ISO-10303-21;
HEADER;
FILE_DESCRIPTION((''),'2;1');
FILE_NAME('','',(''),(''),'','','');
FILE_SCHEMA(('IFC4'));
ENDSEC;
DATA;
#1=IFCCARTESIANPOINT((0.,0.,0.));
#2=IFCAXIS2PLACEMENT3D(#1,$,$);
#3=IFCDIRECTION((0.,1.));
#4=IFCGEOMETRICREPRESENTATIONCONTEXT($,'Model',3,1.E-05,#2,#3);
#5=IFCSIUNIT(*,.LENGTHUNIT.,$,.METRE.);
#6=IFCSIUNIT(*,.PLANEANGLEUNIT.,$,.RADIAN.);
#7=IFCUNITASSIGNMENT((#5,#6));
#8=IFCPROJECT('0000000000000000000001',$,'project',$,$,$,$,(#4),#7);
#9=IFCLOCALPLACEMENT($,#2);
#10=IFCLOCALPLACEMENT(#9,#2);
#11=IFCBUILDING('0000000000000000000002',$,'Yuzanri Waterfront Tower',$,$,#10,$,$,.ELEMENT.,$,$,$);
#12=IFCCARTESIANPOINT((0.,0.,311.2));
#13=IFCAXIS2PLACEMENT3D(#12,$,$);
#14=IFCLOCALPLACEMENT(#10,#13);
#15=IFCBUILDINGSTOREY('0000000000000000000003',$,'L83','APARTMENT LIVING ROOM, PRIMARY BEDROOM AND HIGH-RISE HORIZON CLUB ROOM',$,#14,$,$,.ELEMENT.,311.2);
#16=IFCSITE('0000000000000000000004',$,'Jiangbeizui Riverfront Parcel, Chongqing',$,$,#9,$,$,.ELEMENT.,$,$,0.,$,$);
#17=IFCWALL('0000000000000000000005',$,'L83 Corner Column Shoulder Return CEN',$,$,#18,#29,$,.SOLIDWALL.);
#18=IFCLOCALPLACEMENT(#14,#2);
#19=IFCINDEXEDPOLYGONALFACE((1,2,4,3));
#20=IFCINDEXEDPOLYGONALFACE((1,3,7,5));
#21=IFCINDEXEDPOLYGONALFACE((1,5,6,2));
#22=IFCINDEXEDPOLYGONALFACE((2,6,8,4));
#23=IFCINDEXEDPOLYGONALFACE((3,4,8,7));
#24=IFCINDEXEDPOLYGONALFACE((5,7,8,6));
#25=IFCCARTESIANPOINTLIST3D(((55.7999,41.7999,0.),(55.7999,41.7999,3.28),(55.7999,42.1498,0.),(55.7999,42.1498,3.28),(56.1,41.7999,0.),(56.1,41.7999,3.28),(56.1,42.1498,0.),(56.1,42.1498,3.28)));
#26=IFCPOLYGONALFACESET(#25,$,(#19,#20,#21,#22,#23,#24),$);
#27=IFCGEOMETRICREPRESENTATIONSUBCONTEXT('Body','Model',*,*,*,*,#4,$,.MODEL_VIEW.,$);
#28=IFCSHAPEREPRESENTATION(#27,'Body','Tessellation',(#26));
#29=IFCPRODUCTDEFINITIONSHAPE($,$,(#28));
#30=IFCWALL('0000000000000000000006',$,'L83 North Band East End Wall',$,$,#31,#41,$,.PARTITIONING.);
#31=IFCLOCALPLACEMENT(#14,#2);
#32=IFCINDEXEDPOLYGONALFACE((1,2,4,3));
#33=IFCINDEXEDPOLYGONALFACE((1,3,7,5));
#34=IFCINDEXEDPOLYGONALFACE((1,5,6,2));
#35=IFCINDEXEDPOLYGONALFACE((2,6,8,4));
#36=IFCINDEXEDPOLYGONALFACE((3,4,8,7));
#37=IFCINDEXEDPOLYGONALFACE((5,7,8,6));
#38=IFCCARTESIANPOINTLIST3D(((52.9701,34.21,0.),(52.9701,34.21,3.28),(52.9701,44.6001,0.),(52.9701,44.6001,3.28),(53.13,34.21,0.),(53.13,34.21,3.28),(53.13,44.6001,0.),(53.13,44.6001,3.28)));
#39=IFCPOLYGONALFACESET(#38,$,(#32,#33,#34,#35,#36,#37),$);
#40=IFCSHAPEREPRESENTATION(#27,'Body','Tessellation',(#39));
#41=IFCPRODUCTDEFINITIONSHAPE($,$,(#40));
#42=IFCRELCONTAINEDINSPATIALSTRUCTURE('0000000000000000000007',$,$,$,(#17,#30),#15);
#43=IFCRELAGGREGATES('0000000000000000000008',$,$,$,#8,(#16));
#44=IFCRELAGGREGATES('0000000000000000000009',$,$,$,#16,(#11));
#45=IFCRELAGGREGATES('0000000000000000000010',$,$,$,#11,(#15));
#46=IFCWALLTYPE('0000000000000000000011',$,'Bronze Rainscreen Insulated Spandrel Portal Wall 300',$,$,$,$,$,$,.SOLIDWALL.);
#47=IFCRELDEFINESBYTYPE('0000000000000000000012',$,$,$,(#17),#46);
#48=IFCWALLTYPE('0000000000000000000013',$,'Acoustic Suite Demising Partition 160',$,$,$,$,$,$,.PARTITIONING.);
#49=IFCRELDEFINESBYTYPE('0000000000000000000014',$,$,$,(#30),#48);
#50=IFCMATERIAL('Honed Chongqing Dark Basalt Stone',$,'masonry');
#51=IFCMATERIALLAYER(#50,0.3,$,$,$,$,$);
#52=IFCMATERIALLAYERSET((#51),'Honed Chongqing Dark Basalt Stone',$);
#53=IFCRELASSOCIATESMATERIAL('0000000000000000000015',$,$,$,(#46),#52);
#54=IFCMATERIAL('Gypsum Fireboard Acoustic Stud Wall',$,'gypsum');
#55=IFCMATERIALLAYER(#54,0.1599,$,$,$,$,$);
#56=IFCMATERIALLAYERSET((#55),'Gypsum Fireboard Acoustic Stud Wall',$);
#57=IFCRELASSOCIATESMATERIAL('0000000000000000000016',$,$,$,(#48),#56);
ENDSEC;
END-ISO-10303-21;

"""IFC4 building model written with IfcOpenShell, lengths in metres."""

from ifc_helpers import new_model, si_unit, direction, frame, frame_2d, origin, place, context, subcontext, project, spatial, rectangle, extrude, source, transform, mapped, material, layer, layer_set, type_object, element, save


model = new_model("IFC4")

# Units and contexts
model_context = context("Model", 3, precision=1e-05, world=origin(), true_north=direction((0.0, 1.0)))
body_context = subcontext(model_context, "Body", "Model", "MODEL_VIEW")
ifc_project = project(units=[si_unit("LENGTHUNIT", "METRE"), si_unit("PLANEANGLEUNIT", "RADIAN")], contexts=[model_context])

# Site, building, storey
site_placement = place(None, origin())
site = spatial("IfcSite", under=ifc_project, at=site_placement, Name="Jiangbeizui Riverfront Parcel, Chongqing", CompositionType="ELEMENT", RefElevation=0.0)
building_placement = place(site_placement, origin())
building = spatial("IfcBuilding", under=site, at=building_placement, Name="Yuzanri Waterfront Tower", CompositionType="ELEMENT")
storey_placement = place(building_placement, frame((0.0, 0.0, 311.2)))
storey = spatial("IfcBuildingStorey", under=building, at=storey_placement, Name="L83", Description="APARTMENT LIVING ROOM, PRIMARY BEDROOM AND HIGH-RISE HORIZON CLUB ROOM", CompositionType="ELEMENT", Elevation=311.2)

# Shared definitions
ifc_material_1 = material(Name="Honed Chongqing Dark Basalt Stone", Category="masonry")
ifc_layer_1 = layer(ifc_material_1, 0.3)
ifc_layer_set_1 = layer_set([ifc_layer_1], Name="Honed Chongqing Dark Basalt Stone")
wall_type_1 = type_object("IfcWallType", Name="Bronze Rainscreen Insulated Spandrel Portal Wall 300", PredefinedType="SOLIDWALL", material=ifc_layer_set_1)

# Walls
shared_shape_1 = source(origin(), body_context, "Body", "SweptSolid", [
    extrude(rectangle(XDim=0.3499, YDim=0.3, at=frame_2d((0.1748, 0.0))), origin(), (0.0, 0.0, 1.0), 3.28),
])
wall_1_placement = place(storey_placement, frame((55.95, 41.8, 0.0), z_axis=(0.0, 0.0, 1.0), x_axis=(0.0, 1.0, 0.0)))
element("IfcWall", 1, at=wall_1_placement, inside=storey, type_object=wall_type_1, Name="L83 Corner Column Shoulder Return CEN", PredefinedType="SOLIDWALL", context=body_context, shape_type="MappedRepresentation", body=[
    mapped(shared_shape_1, transform((0.0, 0.0, 0.0), scale=1.0)),
])
ifc_material_2 = material(Name="Gypsum Fireboard Acoustic Stud Wall", Category="gypsum")
ifc_layer_2 = layer(ifc_material_2, 0.1599)
ifc_layer_set_2 = layer_set([ifc_layer_2], Name="Gypsum Fireboard Acoustic Stud Wall")
wall_type_2 = type_object("IfcWallType", Name="Acoustic Suite Demising Partition 160", PredefinedType="PARTITIONING", material=ifc_layer_set_2)
shared_shape_2 = source(origin(), body_context, "Body", "SweptSolid", [
    extrude(rectangle(XDim=10.3901, YDim=0.1599, at=frame_2d((5.1951, 0.0))), origin(), (0.0, 0.0, 1.0), 3.28),
])
wall_2_placement = place(storey_placement, frame((53.05, 34.21, 0.0), z_axis=(0.0, 0.0, 1.0), x_axis=(0.0, 1.0, 0.0)))
element("IfcWall", 2, at=wall_2_placement, inside=storey, type_object=wall_type_2, Name="L83 North Band East End Wall", PredefinedType="PARTITIONING", context=body_context, shape_type="MappedRepresentation", body=[
    mapped(shared_shape_2, transform((0.0, 0.0, 0.0), scale=1.0)),
])

save(model, "model.ifc")
